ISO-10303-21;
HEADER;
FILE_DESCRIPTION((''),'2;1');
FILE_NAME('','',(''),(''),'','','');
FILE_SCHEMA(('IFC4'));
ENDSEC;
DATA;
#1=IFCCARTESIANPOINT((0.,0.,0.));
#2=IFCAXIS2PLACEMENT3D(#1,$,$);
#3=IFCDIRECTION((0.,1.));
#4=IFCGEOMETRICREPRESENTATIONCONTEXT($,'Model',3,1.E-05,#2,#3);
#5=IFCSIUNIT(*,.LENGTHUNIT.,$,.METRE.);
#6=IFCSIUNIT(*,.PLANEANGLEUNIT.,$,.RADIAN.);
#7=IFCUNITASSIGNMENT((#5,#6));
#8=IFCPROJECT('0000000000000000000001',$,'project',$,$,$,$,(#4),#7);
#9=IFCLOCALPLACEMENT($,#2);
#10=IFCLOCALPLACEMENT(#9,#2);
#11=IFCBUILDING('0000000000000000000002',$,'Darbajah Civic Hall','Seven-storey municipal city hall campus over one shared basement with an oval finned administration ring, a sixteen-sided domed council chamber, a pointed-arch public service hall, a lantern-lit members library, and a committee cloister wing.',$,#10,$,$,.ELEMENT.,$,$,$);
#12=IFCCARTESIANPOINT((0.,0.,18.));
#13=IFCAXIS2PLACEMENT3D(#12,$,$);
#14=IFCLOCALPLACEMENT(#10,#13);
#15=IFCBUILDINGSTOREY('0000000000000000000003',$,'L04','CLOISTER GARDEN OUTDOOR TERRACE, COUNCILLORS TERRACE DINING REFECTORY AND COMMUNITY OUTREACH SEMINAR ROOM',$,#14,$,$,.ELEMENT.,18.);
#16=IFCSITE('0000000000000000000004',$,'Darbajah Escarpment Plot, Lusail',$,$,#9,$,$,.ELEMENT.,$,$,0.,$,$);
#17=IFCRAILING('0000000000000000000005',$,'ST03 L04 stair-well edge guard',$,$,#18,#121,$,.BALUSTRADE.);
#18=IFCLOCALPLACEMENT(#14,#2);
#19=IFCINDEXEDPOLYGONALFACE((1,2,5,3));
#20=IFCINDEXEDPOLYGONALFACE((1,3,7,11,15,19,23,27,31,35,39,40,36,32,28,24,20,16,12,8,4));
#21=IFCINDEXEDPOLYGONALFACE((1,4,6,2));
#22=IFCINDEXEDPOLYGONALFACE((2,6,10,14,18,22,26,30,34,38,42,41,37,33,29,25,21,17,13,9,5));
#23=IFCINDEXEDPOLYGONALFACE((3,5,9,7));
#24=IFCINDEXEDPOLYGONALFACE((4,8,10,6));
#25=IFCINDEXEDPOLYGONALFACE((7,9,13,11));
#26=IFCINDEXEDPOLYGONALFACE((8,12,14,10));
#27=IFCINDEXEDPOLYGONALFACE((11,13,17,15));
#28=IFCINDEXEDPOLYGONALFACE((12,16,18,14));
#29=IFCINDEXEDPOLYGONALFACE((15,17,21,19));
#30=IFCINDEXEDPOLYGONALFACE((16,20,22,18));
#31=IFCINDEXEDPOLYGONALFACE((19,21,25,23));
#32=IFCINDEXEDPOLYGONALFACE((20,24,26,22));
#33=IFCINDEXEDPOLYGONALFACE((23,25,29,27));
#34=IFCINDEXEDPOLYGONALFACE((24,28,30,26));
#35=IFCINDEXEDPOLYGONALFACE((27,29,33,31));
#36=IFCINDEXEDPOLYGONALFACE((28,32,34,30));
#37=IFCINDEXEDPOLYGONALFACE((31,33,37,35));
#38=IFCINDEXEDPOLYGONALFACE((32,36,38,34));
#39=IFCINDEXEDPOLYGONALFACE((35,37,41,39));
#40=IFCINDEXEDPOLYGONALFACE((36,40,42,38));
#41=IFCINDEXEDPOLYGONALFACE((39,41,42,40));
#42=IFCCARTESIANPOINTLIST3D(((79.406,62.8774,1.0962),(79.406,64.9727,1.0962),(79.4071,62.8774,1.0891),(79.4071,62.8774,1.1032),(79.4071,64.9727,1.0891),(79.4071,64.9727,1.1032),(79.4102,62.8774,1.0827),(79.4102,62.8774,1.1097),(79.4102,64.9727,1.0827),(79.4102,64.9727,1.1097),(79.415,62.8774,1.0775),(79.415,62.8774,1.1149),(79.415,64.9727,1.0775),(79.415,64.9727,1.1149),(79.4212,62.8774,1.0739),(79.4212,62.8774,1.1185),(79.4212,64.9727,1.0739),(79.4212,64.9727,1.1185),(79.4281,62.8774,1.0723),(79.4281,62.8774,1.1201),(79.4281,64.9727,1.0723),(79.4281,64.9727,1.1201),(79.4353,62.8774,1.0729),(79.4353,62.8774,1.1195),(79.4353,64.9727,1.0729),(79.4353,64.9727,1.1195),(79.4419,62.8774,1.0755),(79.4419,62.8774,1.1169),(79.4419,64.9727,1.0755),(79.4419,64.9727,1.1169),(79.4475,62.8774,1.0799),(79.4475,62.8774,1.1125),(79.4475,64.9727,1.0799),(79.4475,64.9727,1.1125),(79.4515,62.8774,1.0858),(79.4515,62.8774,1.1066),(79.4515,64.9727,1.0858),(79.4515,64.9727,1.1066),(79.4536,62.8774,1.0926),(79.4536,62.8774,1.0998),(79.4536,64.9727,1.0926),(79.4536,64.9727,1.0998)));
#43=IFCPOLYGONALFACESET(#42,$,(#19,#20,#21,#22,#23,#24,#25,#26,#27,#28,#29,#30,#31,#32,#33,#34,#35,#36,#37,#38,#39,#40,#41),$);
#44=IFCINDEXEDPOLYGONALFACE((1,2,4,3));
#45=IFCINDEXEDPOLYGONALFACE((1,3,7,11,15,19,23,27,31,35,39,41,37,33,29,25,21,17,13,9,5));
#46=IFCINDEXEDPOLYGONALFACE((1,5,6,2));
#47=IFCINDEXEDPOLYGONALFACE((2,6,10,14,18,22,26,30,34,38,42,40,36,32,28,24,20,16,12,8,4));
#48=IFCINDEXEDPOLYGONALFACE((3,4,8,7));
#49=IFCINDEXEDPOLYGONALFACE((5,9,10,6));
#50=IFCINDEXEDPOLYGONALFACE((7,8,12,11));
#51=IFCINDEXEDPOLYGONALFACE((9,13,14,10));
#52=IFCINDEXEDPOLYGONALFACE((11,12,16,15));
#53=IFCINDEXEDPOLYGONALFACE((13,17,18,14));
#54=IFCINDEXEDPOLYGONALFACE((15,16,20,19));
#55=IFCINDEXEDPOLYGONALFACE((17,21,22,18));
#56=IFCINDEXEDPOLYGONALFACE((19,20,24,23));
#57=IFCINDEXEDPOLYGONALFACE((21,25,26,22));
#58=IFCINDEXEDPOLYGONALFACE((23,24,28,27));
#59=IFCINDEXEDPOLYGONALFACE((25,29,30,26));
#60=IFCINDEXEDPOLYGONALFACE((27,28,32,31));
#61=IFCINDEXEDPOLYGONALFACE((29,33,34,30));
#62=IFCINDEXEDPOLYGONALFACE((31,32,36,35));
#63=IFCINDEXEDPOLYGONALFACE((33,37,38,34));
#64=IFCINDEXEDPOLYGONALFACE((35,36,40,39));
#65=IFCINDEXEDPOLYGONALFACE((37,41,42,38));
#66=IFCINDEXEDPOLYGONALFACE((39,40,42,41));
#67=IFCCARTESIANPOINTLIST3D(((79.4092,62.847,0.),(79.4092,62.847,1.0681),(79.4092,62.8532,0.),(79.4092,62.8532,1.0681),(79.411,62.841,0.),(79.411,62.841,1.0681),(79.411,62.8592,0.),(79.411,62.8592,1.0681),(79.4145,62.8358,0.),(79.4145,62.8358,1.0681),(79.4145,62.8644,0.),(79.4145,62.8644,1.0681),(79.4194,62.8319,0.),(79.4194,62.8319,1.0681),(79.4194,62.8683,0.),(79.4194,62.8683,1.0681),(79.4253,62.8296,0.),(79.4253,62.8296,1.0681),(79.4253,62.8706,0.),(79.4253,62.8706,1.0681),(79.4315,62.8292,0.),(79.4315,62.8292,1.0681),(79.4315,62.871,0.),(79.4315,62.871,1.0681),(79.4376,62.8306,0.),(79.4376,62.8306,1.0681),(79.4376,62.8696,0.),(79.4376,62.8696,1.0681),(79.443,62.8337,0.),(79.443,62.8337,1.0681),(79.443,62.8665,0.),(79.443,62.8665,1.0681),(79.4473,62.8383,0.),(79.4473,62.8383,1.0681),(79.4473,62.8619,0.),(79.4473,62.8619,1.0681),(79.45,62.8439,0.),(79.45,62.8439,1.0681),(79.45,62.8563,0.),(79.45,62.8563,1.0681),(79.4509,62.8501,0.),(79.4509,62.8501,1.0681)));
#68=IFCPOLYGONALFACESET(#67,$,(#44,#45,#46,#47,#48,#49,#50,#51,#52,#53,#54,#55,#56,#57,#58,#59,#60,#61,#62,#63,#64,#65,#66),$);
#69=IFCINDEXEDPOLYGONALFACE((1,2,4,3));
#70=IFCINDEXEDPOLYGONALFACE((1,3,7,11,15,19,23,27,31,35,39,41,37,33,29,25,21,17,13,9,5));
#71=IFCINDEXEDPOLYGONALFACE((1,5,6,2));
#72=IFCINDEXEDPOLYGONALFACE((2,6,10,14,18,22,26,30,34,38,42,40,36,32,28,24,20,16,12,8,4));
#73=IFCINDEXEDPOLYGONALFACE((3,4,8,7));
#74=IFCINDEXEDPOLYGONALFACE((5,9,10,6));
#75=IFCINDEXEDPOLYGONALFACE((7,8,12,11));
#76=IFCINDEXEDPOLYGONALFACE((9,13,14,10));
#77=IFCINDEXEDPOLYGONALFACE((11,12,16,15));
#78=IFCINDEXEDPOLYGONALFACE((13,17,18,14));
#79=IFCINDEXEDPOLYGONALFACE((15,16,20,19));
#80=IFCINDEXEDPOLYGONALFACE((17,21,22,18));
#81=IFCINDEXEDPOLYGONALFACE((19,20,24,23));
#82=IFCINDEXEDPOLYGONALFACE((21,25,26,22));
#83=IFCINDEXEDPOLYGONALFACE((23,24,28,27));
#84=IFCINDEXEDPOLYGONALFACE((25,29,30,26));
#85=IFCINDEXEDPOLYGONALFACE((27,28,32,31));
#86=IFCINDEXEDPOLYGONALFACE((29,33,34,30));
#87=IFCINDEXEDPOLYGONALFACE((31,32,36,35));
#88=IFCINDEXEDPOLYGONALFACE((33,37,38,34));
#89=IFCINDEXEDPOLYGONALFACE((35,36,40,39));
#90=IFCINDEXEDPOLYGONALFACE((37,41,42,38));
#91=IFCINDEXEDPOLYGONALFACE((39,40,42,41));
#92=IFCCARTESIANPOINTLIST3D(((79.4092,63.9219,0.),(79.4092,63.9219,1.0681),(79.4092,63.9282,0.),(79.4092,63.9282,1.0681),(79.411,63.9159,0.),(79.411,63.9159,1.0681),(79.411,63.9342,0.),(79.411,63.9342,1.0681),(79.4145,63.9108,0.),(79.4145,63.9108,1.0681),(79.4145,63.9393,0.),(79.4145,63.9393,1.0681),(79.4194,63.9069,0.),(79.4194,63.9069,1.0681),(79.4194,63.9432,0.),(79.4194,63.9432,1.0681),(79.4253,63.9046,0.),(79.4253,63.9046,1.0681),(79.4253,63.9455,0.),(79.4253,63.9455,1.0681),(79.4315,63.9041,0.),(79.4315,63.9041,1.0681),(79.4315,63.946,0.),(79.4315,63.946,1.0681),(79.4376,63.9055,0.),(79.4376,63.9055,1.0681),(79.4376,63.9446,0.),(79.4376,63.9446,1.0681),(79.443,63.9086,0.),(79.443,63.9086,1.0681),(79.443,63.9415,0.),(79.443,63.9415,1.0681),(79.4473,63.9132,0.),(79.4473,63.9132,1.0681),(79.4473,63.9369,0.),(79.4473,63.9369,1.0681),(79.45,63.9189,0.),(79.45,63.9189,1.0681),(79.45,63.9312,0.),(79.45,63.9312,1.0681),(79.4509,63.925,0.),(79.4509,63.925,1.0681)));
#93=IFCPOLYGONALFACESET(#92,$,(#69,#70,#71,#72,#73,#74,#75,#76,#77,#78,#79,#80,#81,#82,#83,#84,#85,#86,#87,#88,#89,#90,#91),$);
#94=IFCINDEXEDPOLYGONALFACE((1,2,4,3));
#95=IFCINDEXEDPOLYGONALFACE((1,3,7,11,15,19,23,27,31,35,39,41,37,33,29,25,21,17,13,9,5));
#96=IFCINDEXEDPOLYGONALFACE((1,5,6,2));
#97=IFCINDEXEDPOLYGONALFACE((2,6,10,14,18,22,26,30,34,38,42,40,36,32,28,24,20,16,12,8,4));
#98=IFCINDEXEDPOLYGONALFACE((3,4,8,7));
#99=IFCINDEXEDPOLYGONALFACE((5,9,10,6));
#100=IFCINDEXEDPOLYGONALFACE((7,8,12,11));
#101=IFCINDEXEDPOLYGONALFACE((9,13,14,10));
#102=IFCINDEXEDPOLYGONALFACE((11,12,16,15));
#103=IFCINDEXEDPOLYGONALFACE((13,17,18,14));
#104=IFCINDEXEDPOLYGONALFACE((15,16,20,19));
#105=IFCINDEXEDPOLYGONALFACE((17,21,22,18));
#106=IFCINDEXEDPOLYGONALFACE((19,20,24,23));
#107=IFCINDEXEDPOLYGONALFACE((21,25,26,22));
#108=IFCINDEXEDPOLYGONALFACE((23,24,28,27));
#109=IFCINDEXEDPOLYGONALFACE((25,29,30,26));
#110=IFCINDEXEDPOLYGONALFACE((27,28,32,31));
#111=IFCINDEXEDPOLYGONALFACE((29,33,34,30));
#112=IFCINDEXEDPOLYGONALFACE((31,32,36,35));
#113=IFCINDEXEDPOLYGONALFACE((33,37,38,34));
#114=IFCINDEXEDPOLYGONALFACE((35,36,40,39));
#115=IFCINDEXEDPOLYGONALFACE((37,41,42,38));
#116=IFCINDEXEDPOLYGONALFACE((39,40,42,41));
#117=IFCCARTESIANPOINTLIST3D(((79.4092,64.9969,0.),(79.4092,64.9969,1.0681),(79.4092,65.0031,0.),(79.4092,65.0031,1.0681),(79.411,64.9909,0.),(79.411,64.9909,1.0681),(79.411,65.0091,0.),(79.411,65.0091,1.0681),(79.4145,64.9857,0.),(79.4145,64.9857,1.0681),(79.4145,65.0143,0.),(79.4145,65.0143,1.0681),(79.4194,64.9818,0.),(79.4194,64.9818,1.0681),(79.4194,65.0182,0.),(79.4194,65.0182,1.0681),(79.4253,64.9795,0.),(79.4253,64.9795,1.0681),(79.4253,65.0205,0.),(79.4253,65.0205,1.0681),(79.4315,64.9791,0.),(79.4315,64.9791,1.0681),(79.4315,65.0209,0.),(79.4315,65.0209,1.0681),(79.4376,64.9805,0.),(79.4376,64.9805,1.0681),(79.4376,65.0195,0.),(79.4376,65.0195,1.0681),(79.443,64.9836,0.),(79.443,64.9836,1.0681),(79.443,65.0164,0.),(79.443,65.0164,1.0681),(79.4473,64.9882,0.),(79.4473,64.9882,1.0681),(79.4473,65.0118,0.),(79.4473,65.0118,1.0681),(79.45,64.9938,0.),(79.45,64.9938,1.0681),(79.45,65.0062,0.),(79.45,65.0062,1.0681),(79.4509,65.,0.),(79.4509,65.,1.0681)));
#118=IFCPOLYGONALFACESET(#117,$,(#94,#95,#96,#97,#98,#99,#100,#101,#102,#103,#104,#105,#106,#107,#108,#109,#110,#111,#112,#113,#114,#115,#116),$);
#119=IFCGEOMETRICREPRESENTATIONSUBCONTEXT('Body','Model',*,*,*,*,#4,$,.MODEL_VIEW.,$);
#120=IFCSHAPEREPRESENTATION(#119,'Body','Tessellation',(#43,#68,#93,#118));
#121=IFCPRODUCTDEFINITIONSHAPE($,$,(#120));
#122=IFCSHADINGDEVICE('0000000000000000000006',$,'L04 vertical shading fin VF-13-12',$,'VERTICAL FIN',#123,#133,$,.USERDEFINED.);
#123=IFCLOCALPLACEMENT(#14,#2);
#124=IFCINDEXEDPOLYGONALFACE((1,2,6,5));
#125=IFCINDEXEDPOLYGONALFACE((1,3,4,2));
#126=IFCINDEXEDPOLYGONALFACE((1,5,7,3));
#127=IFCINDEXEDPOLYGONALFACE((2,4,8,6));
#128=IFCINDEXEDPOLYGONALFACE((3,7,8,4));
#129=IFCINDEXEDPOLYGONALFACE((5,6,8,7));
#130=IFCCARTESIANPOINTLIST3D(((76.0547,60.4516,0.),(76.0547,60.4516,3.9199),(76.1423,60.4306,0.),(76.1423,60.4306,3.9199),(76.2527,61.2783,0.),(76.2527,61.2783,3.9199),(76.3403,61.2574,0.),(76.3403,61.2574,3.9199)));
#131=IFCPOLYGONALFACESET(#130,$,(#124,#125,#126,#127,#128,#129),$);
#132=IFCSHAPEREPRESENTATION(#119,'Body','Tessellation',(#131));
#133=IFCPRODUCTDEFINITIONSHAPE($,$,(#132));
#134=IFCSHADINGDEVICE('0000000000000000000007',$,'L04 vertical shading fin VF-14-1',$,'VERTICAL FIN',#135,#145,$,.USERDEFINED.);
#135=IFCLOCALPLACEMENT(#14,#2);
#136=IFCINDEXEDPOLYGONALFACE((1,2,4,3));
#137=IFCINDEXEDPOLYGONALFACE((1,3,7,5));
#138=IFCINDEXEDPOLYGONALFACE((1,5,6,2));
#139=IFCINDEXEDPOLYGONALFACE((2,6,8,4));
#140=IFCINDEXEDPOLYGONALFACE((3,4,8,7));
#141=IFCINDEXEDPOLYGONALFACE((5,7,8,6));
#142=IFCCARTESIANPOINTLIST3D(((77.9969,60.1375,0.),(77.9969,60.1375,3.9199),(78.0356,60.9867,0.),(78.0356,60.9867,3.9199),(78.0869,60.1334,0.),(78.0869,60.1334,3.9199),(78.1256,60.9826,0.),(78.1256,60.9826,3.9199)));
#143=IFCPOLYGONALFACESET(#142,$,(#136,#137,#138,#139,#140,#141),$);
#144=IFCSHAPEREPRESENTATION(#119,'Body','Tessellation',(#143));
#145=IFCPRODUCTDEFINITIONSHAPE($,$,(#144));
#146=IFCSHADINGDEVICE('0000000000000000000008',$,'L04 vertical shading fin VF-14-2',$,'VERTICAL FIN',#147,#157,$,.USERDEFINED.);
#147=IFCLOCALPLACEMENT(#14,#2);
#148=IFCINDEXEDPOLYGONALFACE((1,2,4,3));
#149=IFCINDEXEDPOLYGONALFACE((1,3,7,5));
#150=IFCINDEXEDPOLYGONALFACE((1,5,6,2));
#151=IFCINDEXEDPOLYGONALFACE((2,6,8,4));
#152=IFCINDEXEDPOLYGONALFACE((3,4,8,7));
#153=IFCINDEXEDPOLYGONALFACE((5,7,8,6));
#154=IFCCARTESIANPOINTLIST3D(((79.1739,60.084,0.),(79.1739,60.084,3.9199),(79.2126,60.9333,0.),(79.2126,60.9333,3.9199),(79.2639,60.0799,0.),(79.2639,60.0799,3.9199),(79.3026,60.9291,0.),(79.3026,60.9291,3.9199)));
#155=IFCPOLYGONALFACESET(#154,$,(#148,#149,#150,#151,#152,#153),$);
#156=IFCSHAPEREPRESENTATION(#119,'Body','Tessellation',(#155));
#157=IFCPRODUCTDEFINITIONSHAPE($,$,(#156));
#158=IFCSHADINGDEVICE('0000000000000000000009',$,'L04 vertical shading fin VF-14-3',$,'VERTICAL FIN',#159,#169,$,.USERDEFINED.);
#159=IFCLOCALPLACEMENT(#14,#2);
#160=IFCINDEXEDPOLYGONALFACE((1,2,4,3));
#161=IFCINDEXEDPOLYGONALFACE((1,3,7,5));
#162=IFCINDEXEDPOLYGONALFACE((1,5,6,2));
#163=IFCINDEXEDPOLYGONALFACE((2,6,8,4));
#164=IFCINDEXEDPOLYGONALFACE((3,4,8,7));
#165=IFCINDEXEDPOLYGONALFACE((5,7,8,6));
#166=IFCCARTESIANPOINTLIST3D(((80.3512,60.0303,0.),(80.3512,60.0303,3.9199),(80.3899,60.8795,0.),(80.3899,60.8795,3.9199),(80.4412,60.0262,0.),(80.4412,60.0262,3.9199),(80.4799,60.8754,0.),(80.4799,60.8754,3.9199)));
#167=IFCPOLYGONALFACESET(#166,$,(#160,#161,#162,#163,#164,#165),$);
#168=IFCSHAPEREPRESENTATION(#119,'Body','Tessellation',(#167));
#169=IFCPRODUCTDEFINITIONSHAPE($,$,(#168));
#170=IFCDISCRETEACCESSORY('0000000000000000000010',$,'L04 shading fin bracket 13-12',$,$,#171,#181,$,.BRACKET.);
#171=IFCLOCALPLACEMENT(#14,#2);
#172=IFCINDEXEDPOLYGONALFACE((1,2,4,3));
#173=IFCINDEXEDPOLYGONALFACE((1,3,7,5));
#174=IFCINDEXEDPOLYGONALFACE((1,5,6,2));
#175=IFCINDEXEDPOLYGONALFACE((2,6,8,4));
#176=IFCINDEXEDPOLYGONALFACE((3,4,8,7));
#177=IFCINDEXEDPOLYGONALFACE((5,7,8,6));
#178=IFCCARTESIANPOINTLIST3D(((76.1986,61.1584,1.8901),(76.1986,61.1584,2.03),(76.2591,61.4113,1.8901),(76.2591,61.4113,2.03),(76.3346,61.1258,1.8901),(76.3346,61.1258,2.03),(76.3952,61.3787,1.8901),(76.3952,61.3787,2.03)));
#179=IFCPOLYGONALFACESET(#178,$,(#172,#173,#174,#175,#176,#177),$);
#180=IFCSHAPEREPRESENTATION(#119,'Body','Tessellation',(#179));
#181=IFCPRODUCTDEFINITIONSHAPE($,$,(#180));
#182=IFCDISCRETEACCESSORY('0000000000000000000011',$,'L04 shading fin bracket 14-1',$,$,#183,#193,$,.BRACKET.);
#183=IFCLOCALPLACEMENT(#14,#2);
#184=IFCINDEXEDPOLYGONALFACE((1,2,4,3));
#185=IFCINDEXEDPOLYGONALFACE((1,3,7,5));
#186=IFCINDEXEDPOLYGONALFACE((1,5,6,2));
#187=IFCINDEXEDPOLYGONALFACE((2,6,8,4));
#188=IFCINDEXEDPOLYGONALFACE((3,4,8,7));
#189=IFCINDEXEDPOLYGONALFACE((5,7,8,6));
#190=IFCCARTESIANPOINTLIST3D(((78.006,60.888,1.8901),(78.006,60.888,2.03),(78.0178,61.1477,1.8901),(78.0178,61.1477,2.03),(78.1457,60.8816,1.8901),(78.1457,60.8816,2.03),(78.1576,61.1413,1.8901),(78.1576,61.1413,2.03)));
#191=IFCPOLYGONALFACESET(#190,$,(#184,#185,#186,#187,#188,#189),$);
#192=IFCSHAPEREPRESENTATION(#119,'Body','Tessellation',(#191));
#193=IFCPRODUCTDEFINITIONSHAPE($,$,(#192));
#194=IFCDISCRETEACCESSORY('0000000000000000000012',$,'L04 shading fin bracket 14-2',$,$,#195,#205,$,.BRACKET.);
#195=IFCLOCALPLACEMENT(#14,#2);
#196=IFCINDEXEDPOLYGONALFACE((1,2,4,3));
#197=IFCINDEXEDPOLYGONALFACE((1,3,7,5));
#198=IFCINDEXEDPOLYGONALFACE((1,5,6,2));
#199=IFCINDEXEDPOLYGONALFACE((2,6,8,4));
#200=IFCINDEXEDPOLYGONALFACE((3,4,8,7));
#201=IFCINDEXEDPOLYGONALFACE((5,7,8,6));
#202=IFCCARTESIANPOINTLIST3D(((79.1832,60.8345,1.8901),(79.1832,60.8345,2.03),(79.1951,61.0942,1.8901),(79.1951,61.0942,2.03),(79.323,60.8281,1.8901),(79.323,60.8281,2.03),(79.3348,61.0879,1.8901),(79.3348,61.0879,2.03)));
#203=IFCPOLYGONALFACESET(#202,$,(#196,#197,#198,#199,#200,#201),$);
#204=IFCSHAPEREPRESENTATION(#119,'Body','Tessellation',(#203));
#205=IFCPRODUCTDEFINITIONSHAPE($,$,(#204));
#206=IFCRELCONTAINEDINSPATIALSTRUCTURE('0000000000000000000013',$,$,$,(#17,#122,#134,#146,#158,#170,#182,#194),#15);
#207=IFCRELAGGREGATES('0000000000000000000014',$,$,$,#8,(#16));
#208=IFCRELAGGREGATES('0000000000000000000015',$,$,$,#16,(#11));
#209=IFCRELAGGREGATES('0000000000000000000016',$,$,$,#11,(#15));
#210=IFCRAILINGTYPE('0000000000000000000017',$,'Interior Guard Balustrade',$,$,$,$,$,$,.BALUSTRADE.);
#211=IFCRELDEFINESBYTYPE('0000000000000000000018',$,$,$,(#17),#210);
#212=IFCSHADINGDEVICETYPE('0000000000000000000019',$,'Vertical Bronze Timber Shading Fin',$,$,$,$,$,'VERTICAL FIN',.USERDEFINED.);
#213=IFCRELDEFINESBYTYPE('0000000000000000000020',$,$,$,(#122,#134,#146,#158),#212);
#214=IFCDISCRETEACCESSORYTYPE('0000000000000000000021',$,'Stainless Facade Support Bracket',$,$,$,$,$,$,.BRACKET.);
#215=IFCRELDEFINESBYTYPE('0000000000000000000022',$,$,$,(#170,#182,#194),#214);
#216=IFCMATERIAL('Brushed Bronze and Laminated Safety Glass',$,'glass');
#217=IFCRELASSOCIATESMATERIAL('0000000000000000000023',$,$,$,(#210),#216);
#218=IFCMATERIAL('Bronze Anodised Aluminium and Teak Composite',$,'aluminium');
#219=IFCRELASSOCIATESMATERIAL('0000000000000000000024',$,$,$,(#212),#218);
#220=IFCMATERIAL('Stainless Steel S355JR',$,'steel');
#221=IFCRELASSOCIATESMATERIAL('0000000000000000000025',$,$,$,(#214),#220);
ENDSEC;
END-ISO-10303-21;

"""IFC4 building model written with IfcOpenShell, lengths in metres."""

from ifc_helpers import new_model, si_unit, direction, frame, origin, origin_2d, place, context, subcontext, project, spatial, rectangle, circle, extrude, material, type_object, element, save


model = new_model("IFC4")

# Units and contexts
model_context = context("Model", 3, precision=1e-05, world=origin(), true_north=direction((0.0, 1.0)))
body_context = subcontext(model_context, "Body", "Model", "MODEL_VIEW")
ifc_project = project(units=[si_unit("LENGTHUNIT", "METRE"), si_unit("PLANEANGLEUNIT", "RADIAN")], contexts=[model_context])

# Site, building, storey
site_placement = place(None, origin())
site = spatial("IfcSite", under=ifc_project, at=site_placement, Name="Darbajah Escarpment Plot, Lusail", CompositionType="ELEMENT", RefElevation=0.0)
building_placement = place(site_placement, origin())
building = spatial("IfcBuilding", under=site, at=building_placement, Name="Darbajah Civic Hall", Description="Seven-storey municipal city hall campus over one shared basement with an oval finned administration ring, a sixteen-sided domed council chamber, a pointed-arch public service hall, a lantern-lit members library, and a committee cloister wing.", CompositionType="ELEMENT")
storey_placement = place(building_placement, frame((0.0, 0.0, 18.0)))
storey = spatial("IfcBuildingStorey", under=building, at=storey_placement, Name="L04", Description="CLOISTER GARDEN OUTDOOR TERRACE, COUNCILLORS TERRACE DINING REFECTORY AND COMMUNITY OUTREACH SEMINAR ROOM", CompositionType="ELEMENT", Elevation=18.0)

# Railing
ifc_material_1 = material(Name="Brushed Bronze and Laminated Safety Glass", Category="glass")
railing_type_1 = type_object("IfcRailingType", Name="Interior Guard Balustrade", PredefinedType="BALUSTRADE", material=ifc_material_1)
railing_1_placement = place(storey_placement, frame((79.4299, 62.8501, 0.0)))
element("IfcRailing", 1, at=railing_1_placement, inside=storey, type_object=railing_type_1, Name="ST03 L04 stair-well edge guard", PredefinedType="BALUSTRADE", context=body_context, shape_type="SweptSolid", body=[
    extrude(circle(Radius=0.0239, at=origin_2d()), frame((0.0, 0.0273, 1.0962), z_axis=(0.0, 1.0, 0.0), x_axis=(-1.0, 0.0, 0.0)), (0.0, 0.0, 1.0), 2.0952),
    extrude(circle(Radius=0.021, at=origin_2d()), origin(), (0.0, 0.0, 1.0), 1.0681),
    extrude(circle(Radius=0.021, at=origin_2d()), frame((0.0, 1.075, 0.0)), (0.0, 0.0, 1.0), 1.0681),
    extrude(circle(Radius=0.021, at=origin_2d()), frame((0.0, 2.1499, 0.0)), (0.0, 0.0, 1.0), 1.0681),
])

# Shading devices
ifc_material_2 = material(Name="Bronze Anodised Aluminium and Teak Composite", Category="aluminium")
shading_device_type = type_object("IfcShadingDeviceType", Name="Vertical Bronze Timber Shading Fin", ElementType="VERTICAL FIN", PredefinedType="USERDEFINED", material=ifc_material_2)
for number, where, z_axis, x_axis, name in (
    (2, (76.1975, 60.8545, 0.0), (0.0, 0.0, 1.0), (-0.232936, -0.972492, 0.0), "L04 vertical shading fin VF-13-12"),
    (3, (78.0613, 60.5601, 0.0), (0.0, 0.0, 1.0), (-0.045537, -0.998963, 0.0), "L04 vertical shading fin VF-14-1"),
    (4, (79.2383, 60.5066, 0.0), (0.0, 0.0, 1.0), (-0.045537, -0.998963, 0.0), "L04 vertical shading fin VF-14-2"),
    (5, (80.4155, 60.4529, 0.0), (0.0, 0.0, 1.0), (-0.045537, -0.998963, 0.0), "L04 vertical shading fin VF-14-3"),
):
    element("IfcShadingDevice", number, at=place(storey_placement, frame(where, z_axis=z_axis, x_axis=x_axis)), inside=storey, type_object=shading_device_type, Name=name, ObjectType="VERTICAL FIN", PredefinedType="USERDEFINED", context=body_context, shape_type="SweptSolid", body=[
        extrude(rectangle(XDim=0.8501, YDim=0.0901, at=origin_2d()), origin(), (0.0, 0.0, 1.0), 3.9199),
    ])

# Discrete accessories
ifc_material_3 = material(Name="Stainless Steel S355JR", Category="steel")
discrete_accessory_type = type_object("IfcDiscreteAccessoryType", Name="Stainless Facade Support Bracket", PredefinedType="BRACKET", material=ifc_material_3)
for number, where, z_axis, x_axis, name in (
    (6, (76.2969, 61.2686, 1.8901), (0.0, 0.0, 1.0), (-0.232936, -0.972492, 0.0), "L04 shading fin bracket 13-12"),
    (7, (78.0818, 61.0146, 1.8901), (0.0, 0.0, 1.0), (-0.045537, -0.998963, 0.0), "L04 shading fin bracket 14-1"),
    (8, (79.259, 60.9612, 1.8901), (0.0, 0.0, 1.0), (-0.045537, -0.998963, 0.0), "L04 shading fin bracket 14-2"),
):
    element("IfcDiscreteAccessory", number, at=place(storey_placement, frame(where, z_axis=z_axis, x_axis=x_axis)), inside=storey, type_object=discrete_accessory_type, Name=name, PredefinedType="BRACKET", context=body_context, shape_type="SweptSolid", body=[
        extrude(rectangle(XDim=0.26, YDim=0.1399, at=origin_2d()), origin(), (0.0, 0.0, 1.0), 0.1399),
    ])

save(model, "model.ifc")
